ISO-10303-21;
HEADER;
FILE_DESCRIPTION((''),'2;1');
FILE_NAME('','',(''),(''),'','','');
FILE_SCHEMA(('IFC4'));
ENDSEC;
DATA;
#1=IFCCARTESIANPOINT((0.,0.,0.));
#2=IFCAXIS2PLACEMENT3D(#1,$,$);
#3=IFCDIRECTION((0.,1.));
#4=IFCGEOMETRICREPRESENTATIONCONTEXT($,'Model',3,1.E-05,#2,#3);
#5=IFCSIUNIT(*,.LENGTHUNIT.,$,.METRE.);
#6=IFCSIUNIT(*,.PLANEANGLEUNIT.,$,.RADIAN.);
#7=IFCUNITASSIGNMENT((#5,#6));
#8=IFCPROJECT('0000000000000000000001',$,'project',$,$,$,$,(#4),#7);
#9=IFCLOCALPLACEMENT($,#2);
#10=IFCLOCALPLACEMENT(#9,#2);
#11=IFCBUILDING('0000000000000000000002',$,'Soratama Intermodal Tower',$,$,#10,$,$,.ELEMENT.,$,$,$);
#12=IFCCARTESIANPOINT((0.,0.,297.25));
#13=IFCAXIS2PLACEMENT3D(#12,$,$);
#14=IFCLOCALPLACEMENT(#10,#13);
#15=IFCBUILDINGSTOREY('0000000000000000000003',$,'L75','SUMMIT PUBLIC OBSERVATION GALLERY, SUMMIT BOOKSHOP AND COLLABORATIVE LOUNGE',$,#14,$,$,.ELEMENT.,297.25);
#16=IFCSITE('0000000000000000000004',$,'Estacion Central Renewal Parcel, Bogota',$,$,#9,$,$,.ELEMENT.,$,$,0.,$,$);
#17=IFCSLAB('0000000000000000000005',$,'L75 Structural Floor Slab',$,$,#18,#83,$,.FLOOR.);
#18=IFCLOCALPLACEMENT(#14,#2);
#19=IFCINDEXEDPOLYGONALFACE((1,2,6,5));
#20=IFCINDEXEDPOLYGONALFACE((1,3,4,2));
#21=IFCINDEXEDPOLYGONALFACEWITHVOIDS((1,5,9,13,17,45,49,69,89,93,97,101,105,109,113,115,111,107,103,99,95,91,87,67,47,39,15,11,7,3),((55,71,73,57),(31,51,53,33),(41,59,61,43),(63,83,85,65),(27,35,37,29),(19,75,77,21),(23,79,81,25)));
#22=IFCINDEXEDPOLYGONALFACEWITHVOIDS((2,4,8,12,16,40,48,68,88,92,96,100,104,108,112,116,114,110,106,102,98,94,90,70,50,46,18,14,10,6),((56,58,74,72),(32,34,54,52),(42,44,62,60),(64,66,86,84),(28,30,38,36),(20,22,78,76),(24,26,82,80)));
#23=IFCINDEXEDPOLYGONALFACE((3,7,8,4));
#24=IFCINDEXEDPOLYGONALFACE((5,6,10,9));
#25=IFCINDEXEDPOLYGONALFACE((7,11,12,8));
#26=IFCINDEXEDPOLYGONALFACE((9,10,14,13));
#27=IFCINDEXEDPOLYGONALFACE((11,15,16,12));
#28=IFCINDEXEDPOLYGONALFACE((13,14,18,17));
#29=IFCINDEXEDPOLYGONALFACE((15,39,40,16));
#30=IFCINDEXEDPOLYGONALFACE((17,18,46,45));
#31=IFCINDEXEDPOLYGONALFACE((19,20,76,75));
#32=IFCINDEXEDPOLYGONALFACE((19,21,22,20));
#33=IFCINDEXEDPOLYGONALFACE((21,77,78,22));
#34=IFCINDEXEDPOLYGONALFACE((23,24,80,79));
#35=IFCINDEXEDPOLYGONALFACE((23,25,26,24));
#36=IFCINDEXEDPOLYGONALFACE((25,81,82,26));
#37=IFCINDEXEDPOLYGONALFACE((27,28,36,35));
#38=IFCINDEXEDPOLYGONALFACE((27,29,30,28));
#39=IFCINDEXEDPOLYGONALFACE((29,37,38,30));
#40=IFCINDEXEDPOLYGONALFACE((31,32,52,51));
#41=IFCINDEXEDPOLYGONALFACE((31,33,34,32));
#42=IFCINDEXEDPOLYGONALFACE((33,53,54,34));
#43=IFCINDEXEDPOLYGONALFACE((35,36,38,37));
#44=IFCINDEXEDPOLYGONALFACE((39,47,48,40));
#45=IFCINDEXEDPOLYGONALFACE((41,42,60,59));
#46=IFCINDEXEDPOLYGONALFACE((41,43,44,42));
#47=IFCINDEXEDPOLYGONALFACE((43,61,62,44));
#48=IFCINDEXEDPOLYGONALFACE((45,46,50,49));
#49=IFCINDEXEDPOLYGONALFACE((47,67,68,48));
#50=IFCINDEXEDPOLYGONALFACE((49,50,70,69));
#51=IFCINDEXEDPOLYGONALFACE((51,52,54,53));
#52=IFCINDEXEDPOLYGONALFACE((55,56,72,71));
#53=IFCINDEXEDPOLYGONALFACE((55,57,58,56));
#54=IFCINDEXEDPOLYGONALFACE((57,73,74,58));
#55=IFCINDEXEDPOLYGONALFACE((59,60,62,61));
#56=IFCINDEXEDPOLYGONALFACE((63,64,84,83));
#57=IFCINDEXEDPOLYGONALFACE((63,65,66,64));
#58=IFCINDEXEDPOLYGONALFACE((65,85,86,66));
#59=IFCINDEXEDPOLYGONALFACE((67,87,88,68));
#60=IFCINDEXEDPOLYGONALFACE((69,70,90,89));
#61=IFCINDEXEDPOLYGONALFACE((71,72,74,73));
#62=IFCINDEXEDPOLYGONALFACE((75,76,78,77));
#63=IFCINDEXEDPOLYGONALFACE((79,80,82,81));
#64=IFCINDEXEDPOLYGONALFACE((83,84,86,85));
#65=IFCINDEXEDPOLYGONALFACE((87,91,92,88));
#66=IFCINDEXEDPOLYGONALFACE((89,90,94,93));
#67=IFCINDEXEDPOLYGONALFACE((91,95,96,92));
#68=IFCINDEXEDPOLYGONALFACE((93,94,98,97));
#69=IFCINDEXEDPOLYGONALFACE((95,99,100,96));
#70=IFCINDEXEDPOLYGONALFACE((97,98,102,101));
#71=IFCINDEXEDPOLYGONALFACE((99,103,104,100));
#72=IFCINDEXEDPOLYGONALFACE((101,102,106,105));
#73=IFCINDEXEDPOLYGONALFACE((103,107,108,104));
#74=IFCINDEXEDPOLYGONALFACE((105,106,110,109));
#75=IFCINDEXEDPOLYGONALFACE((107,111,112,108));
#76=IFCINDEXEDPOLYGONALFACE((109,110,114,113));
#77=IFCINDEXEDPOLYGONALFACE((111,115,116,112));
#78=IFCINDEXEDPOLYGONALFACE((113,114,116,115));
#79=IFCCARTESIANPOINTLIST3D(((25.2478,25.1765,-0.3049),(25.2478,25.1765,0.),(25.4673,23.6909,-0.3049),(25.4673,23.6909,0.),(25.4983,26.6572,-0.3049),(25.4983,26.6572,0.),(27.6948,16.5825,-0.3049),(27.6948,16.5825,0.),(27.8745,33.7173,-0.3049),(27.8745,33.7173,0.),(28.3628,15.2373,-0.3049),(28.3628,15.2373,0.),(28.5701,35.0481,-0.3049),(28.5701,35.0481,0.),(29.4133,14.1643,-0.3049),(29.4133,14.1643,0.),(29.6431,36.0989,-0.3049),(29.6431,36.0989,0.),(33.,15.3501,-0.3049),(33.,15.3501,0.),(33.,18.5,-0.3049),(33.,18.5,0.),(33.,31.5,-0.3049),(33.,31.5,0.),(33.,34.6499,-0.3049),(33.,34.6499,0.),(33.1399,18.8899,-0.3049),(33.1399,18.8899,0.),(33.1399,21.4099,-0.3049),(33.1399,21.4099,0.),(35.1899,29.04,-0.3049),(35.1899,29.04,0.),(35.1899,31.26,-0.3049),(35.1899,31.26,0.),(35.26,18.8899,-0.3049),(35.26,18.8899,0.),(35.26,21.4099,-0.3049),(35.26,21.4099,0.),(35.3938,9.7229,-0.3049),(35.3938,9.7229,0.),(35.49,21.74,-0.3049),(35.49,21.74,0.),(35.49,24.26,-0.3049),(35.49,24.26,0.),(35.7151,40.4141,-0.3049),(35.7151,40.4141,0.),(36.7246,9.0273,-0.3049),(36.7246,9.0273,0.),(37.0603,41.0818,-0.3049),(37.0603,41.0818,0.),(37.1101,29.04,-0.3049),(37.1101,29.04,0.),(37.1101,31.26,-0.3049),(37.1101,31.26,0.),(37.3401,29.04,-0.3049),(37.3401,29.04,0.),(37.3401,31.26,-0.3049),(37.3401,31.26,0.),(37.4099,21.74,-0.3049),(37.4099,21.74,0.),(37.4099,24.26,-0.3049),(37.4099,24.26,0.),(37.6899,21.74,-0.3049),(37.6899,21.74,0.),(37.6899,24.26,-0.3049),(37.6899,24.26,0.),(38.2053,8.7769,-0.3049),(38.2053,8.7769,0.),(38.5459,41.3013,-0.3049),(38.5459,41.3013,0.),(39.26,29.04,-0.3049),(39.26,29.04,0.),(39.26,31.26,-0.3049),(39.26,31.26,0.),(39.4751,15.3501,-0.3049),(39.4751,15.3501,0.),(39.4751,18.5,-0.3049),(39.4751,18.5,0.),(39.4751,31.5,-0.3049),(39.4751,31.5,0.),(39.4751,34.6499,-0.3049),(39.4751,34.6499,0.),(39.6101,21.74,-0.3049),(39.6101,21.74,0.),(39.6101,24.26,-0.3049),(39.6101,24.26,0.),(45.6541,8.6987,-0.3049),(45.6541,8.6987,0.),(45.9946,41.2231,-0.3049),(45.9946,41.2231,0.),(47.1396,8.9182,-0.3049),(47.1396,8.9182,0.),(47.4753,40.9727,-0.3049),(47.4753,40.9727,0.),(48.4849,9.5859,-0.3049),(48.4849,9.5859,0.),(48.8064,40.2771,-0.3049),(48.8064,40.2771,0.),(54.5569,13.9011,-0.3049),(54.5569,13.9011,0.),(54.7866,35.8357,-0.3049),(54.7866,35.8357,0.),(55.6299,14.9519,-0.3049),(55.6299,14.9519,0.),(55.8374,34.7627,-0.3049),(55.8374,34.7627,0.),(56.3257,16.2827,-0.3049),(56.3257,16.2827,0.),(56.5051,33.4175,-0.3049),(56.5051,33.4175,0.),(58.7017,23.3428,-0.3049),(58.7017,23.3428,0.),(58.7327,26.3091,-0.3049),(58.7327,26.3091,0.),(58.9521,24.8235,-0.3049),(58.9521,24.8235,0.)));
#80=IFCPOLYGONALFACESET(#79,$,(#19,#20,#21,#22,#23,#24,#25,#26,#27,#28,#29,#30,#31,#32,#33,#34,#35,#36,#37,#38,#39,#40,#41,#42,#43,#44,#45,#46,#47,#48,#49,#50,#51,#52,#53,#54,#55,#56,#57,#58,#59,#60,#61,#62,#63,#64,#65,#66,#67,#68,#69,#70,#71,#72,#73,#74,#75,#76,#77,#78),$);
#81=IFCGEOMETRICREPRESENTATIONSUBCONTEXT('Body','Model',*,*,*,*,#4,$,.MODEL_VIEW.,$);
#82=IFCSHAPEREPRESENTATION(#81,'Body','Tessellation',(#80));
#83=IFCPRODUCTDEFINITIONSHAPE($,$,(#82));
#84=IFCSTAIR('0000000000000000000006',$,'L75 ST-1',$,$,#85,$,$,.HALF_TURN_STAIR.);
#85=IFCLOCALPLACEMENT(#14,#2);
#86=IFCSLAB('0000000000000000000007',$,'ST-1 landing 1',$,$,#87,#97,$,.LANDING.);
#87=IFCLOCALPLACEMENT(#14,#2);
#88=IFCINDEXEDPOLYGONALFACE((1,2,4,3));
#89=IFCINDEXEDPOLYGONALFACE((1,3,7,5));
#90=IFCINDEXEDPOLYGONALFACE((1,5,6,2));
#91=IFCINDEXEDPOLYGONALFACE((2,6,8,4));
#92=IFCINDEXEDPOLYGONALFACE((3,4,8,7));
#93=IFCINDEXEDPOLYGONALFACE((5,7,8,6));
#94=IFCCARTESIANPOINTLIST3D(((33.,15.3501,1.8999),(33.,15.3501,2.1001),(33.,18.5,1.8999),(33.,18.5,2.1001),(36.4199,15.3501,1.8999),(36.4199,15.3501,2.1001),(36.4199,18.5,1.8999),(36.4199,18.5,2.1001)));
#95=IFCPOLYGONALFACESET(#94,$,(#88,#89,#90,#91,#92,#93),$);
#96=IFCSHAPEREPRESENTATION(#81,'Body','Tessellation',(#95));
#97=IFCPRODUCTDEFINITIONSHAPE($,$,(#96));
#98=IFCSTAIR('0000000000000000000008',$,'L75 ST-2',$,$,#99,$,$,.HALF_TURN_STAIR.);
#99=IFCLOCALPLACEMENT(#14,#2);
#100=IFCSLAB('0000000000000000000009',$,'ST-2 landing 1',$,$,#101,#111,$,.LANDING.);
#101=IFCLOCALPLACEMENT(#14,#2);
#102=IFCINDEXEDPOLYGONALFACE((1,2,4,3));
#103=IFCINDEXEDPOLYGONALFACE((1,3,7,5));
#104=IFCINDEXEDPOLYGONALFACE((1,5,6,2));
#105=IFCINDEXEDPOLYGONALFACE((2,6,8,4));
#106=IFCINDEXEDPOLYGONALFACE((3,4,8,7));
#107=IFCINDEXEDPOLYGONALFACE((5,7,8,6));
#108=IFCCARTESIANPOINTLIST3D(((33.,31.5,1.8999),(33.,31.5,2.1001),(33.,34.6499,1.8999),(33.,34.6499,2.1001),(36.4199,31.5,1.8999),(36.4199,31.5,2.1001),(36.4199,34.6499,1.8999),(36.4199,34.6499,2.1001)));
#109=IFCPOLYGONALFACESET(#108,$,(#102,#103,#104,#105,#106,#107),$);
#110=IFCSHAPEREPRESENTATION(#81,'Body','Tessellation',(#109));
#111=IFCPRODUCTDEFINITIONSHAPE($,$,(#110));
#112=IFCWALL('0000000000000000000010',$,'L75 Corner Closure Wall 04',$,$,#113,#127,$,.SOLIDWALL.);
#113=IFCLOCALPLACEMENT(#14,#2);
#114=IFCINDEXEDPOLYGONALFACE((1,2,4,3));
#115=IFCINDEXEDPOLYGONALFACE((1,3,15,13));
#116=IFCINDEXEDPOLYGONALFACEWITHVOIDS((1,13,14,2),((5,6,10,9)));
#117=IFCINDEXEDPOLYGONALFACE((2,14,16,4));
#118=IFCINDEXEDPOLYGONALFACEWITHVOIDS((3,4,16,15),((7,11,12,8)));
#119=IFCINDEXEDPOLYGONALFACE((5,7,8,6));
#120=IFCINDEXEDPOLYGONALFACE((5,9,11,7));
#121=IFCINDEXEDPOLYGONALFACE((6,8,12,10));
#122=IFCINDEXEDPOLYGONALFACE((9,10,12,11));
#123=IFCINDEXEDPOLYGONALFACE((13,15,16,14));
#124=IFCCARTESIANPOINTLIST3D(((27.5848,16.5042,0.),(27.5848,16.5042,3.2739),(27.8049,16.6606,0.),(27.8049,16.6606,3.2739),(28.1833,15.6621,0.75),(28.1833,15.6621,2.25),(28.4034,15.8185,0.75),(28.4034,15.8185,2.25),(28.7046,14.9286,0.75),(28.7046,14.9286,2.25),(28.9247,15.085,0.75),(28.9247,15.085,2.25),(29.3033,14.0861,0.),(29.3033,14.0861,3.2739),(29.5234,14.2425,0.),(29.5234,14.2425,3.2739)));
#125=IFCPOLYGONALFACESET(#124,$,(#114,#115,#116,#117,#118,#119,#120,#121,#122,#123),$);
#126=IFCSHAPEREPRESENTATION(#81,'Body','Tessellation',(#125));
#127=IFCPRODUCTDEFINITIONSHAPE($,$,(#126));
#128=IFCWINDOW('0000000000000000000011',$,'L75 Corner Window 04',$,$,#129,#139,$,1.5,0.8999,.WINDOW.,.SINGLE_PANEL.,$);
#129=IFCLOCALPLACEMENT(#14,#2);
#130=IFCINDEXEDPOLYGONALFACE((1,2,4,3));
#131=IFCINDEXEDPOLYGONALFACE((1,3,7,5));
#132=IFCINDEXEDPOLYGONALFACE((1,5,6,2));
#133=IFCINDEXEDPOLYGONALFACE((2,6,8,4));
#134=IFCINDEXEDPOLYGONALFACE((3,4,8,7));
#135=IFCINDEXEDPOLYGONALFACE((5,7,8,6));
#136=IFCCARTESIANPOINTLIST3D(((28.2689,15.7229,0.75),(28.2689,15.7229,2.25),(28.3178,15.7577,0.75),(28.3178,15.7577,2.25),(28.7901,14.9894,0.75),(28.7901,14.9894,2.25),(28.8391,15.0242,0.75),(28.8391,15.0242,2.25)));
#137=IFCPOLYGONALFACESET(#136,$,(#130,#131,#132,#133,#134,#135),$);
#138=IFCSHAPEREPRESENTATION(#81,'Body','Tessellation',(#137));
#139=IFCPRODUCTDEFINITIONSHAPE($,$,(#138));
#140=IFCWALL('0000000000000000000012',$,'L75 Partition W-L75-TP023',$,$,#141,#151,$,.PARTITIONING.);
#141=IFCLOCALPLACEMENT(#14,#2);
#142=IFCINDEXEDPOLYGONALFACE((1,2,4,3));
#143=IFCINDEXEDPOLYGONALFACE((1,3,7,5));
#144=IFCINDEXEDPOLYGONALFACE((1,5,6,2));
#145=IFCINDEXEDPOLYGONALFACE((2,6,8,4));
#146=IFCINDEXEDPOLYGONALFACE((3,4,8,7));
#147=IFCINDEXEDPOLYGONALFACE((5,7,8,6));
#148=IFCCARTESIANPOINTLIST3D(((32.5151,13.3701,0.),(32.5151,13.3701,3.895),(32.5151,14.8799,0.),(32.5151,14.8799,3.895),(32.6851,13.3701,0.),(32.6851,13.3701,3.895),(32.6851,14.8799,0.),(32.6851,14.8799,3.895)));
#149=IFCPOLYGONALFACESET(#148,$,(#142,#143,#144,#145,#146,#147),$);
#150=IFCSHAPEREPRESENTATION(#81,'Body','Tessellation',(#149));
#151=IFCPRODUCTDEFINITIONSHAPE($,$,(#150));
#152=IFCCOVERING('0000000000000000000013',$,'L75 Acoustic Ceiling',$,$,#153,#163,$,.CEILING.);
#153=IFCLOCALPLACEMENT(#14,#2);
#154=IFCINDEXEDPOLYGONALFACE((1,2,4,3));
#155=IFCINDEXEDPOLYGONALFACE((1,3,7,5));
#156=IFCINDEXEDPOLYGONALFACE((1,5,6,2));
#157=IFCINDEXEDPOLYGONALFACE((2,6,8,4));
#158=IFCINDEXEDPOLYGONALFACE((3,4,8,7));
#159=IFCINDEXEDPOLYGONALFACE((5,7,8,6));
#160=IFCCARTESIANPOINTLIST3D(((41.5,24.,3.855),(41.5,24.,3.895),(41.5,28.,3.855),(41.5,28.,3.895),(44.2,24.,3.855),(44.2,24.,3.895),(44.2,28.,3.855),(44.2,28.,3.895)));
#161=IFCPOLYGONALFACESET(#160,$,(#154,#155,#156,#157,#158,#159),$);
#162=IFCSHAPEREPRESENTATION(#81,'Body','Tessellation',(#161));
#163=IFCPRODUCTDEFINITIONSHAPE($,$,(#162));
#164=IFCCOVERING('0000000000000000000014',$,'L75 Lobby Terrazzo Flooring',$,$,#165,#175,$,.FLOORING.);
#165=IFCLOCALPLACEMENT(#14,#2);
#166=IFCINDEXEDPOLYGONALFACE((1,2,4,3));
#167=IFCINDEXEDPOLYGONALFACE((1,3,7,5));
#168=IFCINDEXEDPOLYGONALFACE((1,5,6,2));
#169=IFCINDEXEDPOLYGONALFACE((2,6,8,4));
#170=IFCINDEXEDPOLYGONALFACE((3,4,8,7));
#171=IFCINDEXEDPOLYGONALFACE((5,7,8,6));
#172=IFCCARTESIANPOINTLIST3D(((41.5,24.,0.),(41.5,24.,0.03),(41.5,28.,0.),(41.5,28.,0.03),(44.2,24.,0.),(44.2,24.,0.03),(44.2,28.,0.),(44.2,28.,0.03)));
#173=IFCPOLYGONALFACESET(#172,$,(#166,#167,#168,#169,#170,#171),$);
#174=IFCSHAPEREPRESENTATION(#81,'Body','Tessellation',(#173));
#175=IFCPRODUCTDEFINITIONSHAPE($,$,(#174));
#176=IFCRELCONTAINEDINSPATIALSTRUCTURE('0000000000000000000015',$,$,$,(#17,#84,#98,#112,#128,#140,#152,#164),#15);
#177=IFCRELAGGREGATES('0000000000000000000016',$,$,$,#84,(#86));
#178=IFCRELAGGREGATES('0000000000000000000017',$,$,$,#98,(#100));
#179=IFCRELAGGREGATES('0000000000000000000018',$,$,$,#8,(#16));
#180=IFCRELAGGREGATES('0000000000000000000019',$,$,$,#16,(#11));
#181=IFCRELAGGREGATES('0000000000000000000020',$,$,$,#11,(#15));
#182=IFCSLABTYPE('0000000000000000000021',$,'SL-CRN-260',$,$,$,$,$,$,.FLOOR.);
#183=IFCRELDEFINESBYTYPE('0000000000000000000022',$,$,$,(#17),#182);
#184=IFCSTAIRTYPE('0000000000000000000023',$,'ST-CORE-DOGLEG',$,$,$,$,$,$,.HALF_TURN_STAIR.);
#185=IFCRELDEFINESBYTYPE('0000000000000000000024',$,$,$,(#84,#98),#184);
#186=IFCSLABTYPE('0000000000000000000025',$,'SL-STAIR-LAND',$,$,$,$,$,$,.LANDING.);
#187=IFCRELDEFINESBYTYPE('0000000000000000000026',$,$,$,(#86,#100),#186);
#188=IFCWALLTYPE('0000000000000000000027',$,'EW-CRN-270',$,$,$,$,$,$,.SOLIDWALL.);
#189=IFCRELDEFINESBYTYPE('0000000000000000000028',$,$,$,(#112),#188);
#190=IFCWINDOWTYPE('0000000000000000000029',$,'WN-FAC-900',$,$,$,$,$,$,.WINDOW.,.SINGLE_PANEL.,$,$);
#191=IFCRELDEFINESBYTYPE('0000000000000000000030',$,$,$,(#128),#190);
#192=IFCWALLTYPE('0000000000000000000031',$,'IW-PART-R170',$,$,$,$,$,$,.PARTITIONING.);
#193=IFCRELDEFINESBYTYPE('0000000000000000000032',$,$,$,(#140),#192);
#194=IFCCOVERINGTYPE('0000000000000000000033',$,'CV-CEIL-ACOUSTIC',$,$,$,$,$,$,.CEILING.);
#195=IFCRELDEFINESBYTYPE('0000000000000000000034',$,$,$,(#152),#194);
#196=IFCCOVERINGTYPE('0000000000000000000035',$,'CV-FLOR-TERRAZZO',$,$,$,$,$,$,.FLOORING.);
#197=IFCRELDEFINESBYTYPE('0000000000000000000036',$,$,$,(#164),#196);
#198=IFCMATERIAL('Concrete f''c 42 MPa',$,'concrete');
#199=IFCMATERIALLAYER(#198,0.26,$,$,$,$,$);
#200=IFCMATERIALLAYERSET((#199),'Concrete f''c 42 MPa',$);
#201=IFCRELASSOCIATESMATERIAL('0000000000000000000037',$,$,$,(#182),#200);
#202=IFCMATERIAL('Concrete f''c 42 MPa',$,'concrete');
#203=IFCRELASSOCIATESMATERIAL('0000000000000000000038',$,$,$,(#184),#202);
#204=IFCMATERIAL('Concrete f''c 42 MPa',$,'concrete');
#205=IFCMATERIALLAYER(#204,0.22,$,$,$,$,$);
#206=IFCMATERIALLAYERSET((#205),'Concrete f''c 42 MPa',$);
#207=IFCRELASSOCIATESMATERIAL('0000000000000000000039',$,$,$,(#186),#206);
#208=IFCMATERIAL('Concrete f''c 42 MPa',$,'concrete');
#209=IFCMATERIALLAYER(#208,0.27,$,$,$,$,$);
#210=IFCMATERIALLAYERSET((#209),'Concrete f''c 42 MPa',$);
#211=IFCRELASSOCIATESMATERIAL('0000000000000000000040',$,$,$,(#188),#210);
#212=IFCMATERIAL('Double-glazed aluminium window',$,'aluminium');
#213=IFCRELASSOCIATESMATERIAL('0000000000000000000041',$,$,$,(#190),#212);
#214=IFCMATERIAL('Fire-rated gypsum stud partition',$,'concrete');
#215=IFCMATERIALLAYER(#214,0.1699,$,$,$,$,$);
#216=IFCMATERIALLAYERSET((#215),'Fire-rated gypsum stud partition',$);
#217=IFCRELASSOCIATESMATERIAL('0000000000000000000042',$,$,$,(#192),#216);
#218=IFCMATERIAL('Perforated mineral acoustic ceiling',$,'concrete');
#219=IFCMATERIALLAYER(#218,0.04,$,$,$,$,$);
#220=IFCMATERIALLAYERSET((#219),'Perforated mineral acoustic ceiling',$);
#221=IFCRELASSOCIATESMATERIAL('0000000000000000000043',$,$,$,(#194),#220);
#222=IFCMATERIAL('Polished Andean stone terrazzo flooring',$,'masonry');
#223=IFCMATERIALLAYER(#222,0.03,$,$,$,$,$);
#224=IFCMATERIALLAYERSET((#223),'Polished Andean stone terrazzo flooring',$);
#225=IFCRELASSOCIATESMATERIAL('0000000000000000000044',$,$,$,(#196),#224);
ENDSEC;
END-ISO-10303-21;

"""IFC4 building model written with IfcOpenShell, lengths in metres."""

from ifc_helpers import new_model, si_unit, direction, frame, frame_2d, origin, place, context, subcontext, project, spatial, polyline, rectangle, outline, extrude, material, layer, layer_set, type_object, element, fill, aggregate, save


model = new_model("IFC4")

# Units and contexts
model_context = context("Model", 3, precision=1e-05, world=origin(), true_north=direction((0.0, 1.0)))
body_context = subcontext(model_context, "Body", "Model", "MODEL_VIEW")
ifc_project = project(units=[si_unit("LENGTHUNIT", "METRE"), si_unit("PLANEANGLEUNIT", "RADIAN")], contexts=[model_context])

# Site, building, storey
site_placement = place(None, origin())
site = spatial("IfcSite", under=ifc_project, at=site_placement, Name="Estacion Central Renewal Parcel, Bogota", CompositionType="ELEMENT", RefElevation=0.0)
building_placement = place(site_placement, origin())
building = spatial("IfcBuilding", under=site, at=building_placement, Name="Soratama Intermodal Tower", CompositionType="ELEMENT")
storey_placement = place(building_placement, frame((0.0, 0.0, 297.25)))
storey = spatial("IfcBuildingStorey", under=building, at=storey_placement, Name="L75", Description="SUMMIT PUBLIC OBSERVATION GALLERY, SUMMIT BOOKSHOP AND COLLABORATIVE LOUNGE", CompositionType="ELEMENT", Elevation=297.25)

# Slab
ifc_material_1 = material(Name="Concrete f'c 42 MPa", Category="concrete")
ifc_layer_1 = layer(ifc_material_1, 0.26)
ifc_layer_set_1 = layer_set([ifc_layer_1], Name="Concrete f'c 42 MPa")
slab_type_1 = type_object("IfcSlabType", Name="SL-CRN-260", PredefinedType="FLOOR", material=ifc_layer_set_1)
slab_1_placement = place(storey_placement, frame((0.0, 0.0, -0.3049)))
element("IfcSlab", 1, at=slab_1_placement, inside=storey, type_object=slab_type_1, Name="L75 Structural Floor Slab", PredefinedType="FLOOR", context=body_context, shape_type="SweptSolid", body=[
    extrude(outline(polyline([(48.8064, 40.2771), (47.4753, 40.9727), (45.9946, 41.2231), (38.5459, 41.3013), (37.0603, 41.0818), (35.7151, 40.4141), (29.6431, 36.0989), (28.5701, 35.0481), (27.8745, 33.7173), (25.4983, 26.6572), (25.2478, 25.1765), (25.4673, 23.6909), (27.6948, 16.5825), (28.3628, 15.2373), (29.4133, 14.1643), (35.3938, 9.7229), (36.7246, 9.0273), (38.2053, 8.7769), (45.6541, 8.6987), (47.1396, 8.9182), (48.4849, 9.5859), (54.5569, 13.9011), (55.6299, 14.9519), (56.3257, 16.2827), (58.7017, 23.3428), (58.9521, 24.8235), (58.7327, 26.3091), (56.5051, 33.4175), (55.8374, 34.7627), (54.7866, 35.8357), (48.8064, 40.2771)]), holes=[polyline([(33.0, 15.3501), (39.4751, 15.3501), (39.4751, 18.5), (33.0, 18.5), (33.0, 15.3501)]), polyline([(35.26, 21.4099), (33.1399, 21.4099), (33.1399, 18.8899), (35.26, 18.8899), (35.26, 21.4099)]), polyline([(37.4099, 24.26), (35.49, 24.26), (35.49, 21.74), (37.4099, 21.74), (37.4099, 24.26)]), polyline([(39.6101, 24.26), (37.6899, 24.26), (37.6899, 21.74), (39.6101, 21.74), (39.6101, 24.26)]), polyline([(37.1101, 31.26), (35.1899, 31.26), (35.1899, 29.04), (37.1101, 29.04), (37.1101, 31.26)]), polyline([(39.26, 31.26), (37.3401, 31.26), (37.3401, 29.04), (39.26, 29.04), (39.26, 31.26)]), polyline([(33.0, 34.6499), (33.0, 31.5), (39.4751, 31.5), (39.4751, 34.6499), (33.0, 34.6499)])]), origin(), (0.0, 0.0, 1.0), 0.3049),
])

# Stairs, slabs
ifc_material_2 = material(Name="Concrete f'c 42 MPa", Category="concrete")
stair_type = type_object("IfcStairType", Name="ST-CORE-DOGLEG", PredefinedType="HALF_TURN_STAIR", material=ifc_material_2)
stair_1_placement = place(storey_placement, origin())
stair_1 = element("IfcStair", 2, at=stair_1_placement, inside=storey, type_object=stair_type, Name="L75 ST-1", PredefinedType="HALF_TURN_STAIR")
ifc_material_3 = material(Name="Concrete f'c 42 MPa", Category="concrete")
ifc_layer_2 = layer(ifc_material_3, 0.22)
ifc_layer_set_2 = layer_set([ifc_layer_2], Name="Concrete f'c 42 MPa")
slab_type_2 = type_object("IfcSlabType", Name="SL-STAIR-LAND", PredefinedType="LANDING", material=ifc_layer_set_2)
slab_2_placement = place(storey_placement, frame((0.0, 0.0, 1.8999)))
slab_2 = element("IfcSlab", 3, at=slab_2_placement, type_object=slab_type_2, Name="ST-1 landing 1", PredefinedType="LANDING", context=body_context, shape_type="SweptSolid", body=[
    extrude(outline(polyline([(36.4199, 18.5), (33.0, 18.5), (33.0, 15.3501), (36.4199, 15.3501), (36.4199, 18.5)])), origin(), (0.0, 0.0, 1.0), 0.2002),
])
aggregate(stair_1, [slab_2])
stair_2_placement = place(storey_placement, origin())
stair_2 = element("IfcStair", 4, at=stair_2_placement, inside=storey, type_object=stair_type, Name="L75 ST-2", PredefinedType="HALF_TURN_STAIR")
slab_3_placement = place(storey_placement, frame((0.0, 0.0, 1.8999)))
slab_3 = element("IfcSlab", 5, at=slab_3_placement, type_object=slab_type_2, Name="ST-2 landing 1", PredefinedType="LANDING", context=body_context, shape_type="SweptSolid", body=[
    extrude(outline(polyline([(36.4199, 34.6499), (33.0, 34.6499), (33.0, 31.5), (36.4199, 31.5), (36.4199, 34.6499)])), origin(), (0.0, 0.0, 1.0), 0.2002),
])
aggregate(stair_2, [slab_3])

# Wall, opening, window
ifc_material_4 = material(Name="Concrete f'c 42 MPa", Category="concrete")
ifc_layer_3 = layer(ifc_material_4, 0.27)
ifc_layer_set_3 = layer_set([ifc_layer_3], Name="Concrete f'c 42 MPa")
wall_type_1 = type_object("IfcWallType", Name="EW-CRN-270", PredefinedType="SOLIDWALL", material=ifc_layer_set_3)
wall_1_placement = place(storey_placement, frame((27.6948, 16.5825, 0.0), z_axis=(0.0, 0.0, 1.0), x_axis=(0.579275, -0.815132, 0.0)))
wall_1 = element("IfcWall", 6, at=wall_1_placement, inside=storey, type_object=wall_type_1, Name="L75 Corner Closure Wall 04", PredefinedType="SOLIDWALL", context=body_context, shape_type="SweptSolid", body=[
    extrude(rectangle(XDim=2.9666, YDim=0.27, at=frame_2d((1.4834, 0.0))), origin(), (0.0, 0.0, 1.0), 3.2739),
])
opening_placement = place(wall_1_placement, frame((1.0332, 0.0, 0.75)))
opening = element("IfcOpeningElement", 7, at=opening_placement, cuts=wall_1, PredefinedType="OPENING", context=body_context, shape_type="SweptSolid", body=[
    extrude(rectangle(XDim=0.8999, YDim=1.5, at=frame_2d((0.45, 0.75))), frame((0.0, 0.145, 0.0), z_axis=(0.0, -1.0, 0.0), x_axis=(1.0, 0.0, 0.0)), (0.0, 0.0, 1.0), 0.29),
])
ifc_material_5 = material(Name="Double-glazed aluminium window", Category="aluminium")
window_type = type_object("IfcWindowType", Name="WN-FAC-900", PartitioningType="SINGLE_PANEL", PredefinedType="WINDOW", material=ifc_material_5)
window_placement = place(opening_placement, origin())
window = element("IfcWindow", 8, at=window_placement, inside=storey, type_object=window_type, Name="L75 Corner Window 04", OverallHeight=1.5, OverallWidth=0.8999, PartitioningType="SINGLE_PANEL", PredefinedType="WINDOW", context=body_context, shape_type="SweptSolid", body=[
    extrude(rectangle(XDim=0.8999, YDim=1.5, at=frame_2d((0.45, 0.75))), frame((0.0, 0.03, 0.0), z_axis=(0.0, -1.0, 0.0), x_axis=(1.0, 0.0, 0.0)), (0.0, 0.0, 1.0), 0.0601),
])
fill(opening, window)

# Wall
ifc_material_6 = material(Name="Fire-rated gypsum stud partition", Category="concrete")
ifc_layer_4 = layer(ifc_material_6, 0.1699)
ifc_layer_set_4 = layer_set([ifc_layer_4], Name="Fire-rated gypsum stud partition")
wall_type_2 = type_object("IfcWallType", Name="IW-PART-R170", PredefinedType="PARTITIONING", material=ifc_layer_set_4)
wall_2_placement = place(storey_placement, frame((32.6001, 13.3701, 0.0), z_axis=(0.0, 0.0, 1.0), x_axis=(0.0, 1.0, 0.0)))
element("IfcWall", 9, at=wall_2_placement, inside=storey, type_object=wall_type_2, Name="L75 Partition W-L75-TP023", PredefinedType="PARTITIONING", context=body_context, shape_type="SweptSolid", body=[
    extrude(rectangle(XDim=1.5098, YDim=0.1699, at=frame_2d((0.7549, 0.0))), origin(), (0.0, 0.0, 1.0), 3.895),
])

# Coverings
ifc_material_7 = material(Name="Perforated mineral acoustic ceiling", Category="concrete")
ifc_layer_5 = layer(ifc_material_7, 0.04)
ifc_layer_set_5 = layer_set([ifc_layer_5], Name="Perforated mineral acoustic ceiling")
covering_type_1 = type_object("IfcCoveringType", Name="CV-CEIL-ACOUSTIC", PredefinedType="CEILING", material=ifc_layer_set_5)
covering_1_placement = place(storey_placement, frame((0.0, 0.0, 3.855)))
element("IfcCovering", 10, at=covering_1_placement, inside=storey, type_object=covering_type_1, Name="L75 Acoustic Ceiling", PredefinedType="CEILING", context=body_context, shape_type="SweptSolid", body=[
    extrude(outline(polyline([(41.5, 24.0), (44.2, 24.0), (44.2, 28.0), (41.5, 28.0), (41.5, 24.0)])), origin(), (0.0, 0.0, 1.0), 0.04),
])
ifc_material_8 = material(Name="Polished Andean stone terrazzo flooring", Category="masonry")
ifc_layer_6 = layer(ifc_material_8, 0.03)
ifc_layer_set_6 = layer_set([ifc_layer_6], Name="Polished Andean stone terrazzo flooring")
covering_type_2 = type_object("IfcCoveringType", Name="CV-FLOR-TERRAZZO", PredefinedType="FLOORING", material=ifc_layer_set_6)
covering_2_placement = place(storey_placement, origin())
element("IfcCovering", 11, at=covering_2_placement, inside=storey, type_object=covering_type_2, Name="L75 Lobby Terrazzo Flooring", PredefinedType="FLOORING", context=body_context, shape_type="SweptSolid", body=[
    extrude(outline(polyline([(41.5, 24.0), (44.2, 24.0), (44.2, 28.0), (41.5, 28.0), (41.5, 24.0)])), origin(), (0.0, 0.0, 1.0), 0.03),
])

save(model, "model.ifc")
